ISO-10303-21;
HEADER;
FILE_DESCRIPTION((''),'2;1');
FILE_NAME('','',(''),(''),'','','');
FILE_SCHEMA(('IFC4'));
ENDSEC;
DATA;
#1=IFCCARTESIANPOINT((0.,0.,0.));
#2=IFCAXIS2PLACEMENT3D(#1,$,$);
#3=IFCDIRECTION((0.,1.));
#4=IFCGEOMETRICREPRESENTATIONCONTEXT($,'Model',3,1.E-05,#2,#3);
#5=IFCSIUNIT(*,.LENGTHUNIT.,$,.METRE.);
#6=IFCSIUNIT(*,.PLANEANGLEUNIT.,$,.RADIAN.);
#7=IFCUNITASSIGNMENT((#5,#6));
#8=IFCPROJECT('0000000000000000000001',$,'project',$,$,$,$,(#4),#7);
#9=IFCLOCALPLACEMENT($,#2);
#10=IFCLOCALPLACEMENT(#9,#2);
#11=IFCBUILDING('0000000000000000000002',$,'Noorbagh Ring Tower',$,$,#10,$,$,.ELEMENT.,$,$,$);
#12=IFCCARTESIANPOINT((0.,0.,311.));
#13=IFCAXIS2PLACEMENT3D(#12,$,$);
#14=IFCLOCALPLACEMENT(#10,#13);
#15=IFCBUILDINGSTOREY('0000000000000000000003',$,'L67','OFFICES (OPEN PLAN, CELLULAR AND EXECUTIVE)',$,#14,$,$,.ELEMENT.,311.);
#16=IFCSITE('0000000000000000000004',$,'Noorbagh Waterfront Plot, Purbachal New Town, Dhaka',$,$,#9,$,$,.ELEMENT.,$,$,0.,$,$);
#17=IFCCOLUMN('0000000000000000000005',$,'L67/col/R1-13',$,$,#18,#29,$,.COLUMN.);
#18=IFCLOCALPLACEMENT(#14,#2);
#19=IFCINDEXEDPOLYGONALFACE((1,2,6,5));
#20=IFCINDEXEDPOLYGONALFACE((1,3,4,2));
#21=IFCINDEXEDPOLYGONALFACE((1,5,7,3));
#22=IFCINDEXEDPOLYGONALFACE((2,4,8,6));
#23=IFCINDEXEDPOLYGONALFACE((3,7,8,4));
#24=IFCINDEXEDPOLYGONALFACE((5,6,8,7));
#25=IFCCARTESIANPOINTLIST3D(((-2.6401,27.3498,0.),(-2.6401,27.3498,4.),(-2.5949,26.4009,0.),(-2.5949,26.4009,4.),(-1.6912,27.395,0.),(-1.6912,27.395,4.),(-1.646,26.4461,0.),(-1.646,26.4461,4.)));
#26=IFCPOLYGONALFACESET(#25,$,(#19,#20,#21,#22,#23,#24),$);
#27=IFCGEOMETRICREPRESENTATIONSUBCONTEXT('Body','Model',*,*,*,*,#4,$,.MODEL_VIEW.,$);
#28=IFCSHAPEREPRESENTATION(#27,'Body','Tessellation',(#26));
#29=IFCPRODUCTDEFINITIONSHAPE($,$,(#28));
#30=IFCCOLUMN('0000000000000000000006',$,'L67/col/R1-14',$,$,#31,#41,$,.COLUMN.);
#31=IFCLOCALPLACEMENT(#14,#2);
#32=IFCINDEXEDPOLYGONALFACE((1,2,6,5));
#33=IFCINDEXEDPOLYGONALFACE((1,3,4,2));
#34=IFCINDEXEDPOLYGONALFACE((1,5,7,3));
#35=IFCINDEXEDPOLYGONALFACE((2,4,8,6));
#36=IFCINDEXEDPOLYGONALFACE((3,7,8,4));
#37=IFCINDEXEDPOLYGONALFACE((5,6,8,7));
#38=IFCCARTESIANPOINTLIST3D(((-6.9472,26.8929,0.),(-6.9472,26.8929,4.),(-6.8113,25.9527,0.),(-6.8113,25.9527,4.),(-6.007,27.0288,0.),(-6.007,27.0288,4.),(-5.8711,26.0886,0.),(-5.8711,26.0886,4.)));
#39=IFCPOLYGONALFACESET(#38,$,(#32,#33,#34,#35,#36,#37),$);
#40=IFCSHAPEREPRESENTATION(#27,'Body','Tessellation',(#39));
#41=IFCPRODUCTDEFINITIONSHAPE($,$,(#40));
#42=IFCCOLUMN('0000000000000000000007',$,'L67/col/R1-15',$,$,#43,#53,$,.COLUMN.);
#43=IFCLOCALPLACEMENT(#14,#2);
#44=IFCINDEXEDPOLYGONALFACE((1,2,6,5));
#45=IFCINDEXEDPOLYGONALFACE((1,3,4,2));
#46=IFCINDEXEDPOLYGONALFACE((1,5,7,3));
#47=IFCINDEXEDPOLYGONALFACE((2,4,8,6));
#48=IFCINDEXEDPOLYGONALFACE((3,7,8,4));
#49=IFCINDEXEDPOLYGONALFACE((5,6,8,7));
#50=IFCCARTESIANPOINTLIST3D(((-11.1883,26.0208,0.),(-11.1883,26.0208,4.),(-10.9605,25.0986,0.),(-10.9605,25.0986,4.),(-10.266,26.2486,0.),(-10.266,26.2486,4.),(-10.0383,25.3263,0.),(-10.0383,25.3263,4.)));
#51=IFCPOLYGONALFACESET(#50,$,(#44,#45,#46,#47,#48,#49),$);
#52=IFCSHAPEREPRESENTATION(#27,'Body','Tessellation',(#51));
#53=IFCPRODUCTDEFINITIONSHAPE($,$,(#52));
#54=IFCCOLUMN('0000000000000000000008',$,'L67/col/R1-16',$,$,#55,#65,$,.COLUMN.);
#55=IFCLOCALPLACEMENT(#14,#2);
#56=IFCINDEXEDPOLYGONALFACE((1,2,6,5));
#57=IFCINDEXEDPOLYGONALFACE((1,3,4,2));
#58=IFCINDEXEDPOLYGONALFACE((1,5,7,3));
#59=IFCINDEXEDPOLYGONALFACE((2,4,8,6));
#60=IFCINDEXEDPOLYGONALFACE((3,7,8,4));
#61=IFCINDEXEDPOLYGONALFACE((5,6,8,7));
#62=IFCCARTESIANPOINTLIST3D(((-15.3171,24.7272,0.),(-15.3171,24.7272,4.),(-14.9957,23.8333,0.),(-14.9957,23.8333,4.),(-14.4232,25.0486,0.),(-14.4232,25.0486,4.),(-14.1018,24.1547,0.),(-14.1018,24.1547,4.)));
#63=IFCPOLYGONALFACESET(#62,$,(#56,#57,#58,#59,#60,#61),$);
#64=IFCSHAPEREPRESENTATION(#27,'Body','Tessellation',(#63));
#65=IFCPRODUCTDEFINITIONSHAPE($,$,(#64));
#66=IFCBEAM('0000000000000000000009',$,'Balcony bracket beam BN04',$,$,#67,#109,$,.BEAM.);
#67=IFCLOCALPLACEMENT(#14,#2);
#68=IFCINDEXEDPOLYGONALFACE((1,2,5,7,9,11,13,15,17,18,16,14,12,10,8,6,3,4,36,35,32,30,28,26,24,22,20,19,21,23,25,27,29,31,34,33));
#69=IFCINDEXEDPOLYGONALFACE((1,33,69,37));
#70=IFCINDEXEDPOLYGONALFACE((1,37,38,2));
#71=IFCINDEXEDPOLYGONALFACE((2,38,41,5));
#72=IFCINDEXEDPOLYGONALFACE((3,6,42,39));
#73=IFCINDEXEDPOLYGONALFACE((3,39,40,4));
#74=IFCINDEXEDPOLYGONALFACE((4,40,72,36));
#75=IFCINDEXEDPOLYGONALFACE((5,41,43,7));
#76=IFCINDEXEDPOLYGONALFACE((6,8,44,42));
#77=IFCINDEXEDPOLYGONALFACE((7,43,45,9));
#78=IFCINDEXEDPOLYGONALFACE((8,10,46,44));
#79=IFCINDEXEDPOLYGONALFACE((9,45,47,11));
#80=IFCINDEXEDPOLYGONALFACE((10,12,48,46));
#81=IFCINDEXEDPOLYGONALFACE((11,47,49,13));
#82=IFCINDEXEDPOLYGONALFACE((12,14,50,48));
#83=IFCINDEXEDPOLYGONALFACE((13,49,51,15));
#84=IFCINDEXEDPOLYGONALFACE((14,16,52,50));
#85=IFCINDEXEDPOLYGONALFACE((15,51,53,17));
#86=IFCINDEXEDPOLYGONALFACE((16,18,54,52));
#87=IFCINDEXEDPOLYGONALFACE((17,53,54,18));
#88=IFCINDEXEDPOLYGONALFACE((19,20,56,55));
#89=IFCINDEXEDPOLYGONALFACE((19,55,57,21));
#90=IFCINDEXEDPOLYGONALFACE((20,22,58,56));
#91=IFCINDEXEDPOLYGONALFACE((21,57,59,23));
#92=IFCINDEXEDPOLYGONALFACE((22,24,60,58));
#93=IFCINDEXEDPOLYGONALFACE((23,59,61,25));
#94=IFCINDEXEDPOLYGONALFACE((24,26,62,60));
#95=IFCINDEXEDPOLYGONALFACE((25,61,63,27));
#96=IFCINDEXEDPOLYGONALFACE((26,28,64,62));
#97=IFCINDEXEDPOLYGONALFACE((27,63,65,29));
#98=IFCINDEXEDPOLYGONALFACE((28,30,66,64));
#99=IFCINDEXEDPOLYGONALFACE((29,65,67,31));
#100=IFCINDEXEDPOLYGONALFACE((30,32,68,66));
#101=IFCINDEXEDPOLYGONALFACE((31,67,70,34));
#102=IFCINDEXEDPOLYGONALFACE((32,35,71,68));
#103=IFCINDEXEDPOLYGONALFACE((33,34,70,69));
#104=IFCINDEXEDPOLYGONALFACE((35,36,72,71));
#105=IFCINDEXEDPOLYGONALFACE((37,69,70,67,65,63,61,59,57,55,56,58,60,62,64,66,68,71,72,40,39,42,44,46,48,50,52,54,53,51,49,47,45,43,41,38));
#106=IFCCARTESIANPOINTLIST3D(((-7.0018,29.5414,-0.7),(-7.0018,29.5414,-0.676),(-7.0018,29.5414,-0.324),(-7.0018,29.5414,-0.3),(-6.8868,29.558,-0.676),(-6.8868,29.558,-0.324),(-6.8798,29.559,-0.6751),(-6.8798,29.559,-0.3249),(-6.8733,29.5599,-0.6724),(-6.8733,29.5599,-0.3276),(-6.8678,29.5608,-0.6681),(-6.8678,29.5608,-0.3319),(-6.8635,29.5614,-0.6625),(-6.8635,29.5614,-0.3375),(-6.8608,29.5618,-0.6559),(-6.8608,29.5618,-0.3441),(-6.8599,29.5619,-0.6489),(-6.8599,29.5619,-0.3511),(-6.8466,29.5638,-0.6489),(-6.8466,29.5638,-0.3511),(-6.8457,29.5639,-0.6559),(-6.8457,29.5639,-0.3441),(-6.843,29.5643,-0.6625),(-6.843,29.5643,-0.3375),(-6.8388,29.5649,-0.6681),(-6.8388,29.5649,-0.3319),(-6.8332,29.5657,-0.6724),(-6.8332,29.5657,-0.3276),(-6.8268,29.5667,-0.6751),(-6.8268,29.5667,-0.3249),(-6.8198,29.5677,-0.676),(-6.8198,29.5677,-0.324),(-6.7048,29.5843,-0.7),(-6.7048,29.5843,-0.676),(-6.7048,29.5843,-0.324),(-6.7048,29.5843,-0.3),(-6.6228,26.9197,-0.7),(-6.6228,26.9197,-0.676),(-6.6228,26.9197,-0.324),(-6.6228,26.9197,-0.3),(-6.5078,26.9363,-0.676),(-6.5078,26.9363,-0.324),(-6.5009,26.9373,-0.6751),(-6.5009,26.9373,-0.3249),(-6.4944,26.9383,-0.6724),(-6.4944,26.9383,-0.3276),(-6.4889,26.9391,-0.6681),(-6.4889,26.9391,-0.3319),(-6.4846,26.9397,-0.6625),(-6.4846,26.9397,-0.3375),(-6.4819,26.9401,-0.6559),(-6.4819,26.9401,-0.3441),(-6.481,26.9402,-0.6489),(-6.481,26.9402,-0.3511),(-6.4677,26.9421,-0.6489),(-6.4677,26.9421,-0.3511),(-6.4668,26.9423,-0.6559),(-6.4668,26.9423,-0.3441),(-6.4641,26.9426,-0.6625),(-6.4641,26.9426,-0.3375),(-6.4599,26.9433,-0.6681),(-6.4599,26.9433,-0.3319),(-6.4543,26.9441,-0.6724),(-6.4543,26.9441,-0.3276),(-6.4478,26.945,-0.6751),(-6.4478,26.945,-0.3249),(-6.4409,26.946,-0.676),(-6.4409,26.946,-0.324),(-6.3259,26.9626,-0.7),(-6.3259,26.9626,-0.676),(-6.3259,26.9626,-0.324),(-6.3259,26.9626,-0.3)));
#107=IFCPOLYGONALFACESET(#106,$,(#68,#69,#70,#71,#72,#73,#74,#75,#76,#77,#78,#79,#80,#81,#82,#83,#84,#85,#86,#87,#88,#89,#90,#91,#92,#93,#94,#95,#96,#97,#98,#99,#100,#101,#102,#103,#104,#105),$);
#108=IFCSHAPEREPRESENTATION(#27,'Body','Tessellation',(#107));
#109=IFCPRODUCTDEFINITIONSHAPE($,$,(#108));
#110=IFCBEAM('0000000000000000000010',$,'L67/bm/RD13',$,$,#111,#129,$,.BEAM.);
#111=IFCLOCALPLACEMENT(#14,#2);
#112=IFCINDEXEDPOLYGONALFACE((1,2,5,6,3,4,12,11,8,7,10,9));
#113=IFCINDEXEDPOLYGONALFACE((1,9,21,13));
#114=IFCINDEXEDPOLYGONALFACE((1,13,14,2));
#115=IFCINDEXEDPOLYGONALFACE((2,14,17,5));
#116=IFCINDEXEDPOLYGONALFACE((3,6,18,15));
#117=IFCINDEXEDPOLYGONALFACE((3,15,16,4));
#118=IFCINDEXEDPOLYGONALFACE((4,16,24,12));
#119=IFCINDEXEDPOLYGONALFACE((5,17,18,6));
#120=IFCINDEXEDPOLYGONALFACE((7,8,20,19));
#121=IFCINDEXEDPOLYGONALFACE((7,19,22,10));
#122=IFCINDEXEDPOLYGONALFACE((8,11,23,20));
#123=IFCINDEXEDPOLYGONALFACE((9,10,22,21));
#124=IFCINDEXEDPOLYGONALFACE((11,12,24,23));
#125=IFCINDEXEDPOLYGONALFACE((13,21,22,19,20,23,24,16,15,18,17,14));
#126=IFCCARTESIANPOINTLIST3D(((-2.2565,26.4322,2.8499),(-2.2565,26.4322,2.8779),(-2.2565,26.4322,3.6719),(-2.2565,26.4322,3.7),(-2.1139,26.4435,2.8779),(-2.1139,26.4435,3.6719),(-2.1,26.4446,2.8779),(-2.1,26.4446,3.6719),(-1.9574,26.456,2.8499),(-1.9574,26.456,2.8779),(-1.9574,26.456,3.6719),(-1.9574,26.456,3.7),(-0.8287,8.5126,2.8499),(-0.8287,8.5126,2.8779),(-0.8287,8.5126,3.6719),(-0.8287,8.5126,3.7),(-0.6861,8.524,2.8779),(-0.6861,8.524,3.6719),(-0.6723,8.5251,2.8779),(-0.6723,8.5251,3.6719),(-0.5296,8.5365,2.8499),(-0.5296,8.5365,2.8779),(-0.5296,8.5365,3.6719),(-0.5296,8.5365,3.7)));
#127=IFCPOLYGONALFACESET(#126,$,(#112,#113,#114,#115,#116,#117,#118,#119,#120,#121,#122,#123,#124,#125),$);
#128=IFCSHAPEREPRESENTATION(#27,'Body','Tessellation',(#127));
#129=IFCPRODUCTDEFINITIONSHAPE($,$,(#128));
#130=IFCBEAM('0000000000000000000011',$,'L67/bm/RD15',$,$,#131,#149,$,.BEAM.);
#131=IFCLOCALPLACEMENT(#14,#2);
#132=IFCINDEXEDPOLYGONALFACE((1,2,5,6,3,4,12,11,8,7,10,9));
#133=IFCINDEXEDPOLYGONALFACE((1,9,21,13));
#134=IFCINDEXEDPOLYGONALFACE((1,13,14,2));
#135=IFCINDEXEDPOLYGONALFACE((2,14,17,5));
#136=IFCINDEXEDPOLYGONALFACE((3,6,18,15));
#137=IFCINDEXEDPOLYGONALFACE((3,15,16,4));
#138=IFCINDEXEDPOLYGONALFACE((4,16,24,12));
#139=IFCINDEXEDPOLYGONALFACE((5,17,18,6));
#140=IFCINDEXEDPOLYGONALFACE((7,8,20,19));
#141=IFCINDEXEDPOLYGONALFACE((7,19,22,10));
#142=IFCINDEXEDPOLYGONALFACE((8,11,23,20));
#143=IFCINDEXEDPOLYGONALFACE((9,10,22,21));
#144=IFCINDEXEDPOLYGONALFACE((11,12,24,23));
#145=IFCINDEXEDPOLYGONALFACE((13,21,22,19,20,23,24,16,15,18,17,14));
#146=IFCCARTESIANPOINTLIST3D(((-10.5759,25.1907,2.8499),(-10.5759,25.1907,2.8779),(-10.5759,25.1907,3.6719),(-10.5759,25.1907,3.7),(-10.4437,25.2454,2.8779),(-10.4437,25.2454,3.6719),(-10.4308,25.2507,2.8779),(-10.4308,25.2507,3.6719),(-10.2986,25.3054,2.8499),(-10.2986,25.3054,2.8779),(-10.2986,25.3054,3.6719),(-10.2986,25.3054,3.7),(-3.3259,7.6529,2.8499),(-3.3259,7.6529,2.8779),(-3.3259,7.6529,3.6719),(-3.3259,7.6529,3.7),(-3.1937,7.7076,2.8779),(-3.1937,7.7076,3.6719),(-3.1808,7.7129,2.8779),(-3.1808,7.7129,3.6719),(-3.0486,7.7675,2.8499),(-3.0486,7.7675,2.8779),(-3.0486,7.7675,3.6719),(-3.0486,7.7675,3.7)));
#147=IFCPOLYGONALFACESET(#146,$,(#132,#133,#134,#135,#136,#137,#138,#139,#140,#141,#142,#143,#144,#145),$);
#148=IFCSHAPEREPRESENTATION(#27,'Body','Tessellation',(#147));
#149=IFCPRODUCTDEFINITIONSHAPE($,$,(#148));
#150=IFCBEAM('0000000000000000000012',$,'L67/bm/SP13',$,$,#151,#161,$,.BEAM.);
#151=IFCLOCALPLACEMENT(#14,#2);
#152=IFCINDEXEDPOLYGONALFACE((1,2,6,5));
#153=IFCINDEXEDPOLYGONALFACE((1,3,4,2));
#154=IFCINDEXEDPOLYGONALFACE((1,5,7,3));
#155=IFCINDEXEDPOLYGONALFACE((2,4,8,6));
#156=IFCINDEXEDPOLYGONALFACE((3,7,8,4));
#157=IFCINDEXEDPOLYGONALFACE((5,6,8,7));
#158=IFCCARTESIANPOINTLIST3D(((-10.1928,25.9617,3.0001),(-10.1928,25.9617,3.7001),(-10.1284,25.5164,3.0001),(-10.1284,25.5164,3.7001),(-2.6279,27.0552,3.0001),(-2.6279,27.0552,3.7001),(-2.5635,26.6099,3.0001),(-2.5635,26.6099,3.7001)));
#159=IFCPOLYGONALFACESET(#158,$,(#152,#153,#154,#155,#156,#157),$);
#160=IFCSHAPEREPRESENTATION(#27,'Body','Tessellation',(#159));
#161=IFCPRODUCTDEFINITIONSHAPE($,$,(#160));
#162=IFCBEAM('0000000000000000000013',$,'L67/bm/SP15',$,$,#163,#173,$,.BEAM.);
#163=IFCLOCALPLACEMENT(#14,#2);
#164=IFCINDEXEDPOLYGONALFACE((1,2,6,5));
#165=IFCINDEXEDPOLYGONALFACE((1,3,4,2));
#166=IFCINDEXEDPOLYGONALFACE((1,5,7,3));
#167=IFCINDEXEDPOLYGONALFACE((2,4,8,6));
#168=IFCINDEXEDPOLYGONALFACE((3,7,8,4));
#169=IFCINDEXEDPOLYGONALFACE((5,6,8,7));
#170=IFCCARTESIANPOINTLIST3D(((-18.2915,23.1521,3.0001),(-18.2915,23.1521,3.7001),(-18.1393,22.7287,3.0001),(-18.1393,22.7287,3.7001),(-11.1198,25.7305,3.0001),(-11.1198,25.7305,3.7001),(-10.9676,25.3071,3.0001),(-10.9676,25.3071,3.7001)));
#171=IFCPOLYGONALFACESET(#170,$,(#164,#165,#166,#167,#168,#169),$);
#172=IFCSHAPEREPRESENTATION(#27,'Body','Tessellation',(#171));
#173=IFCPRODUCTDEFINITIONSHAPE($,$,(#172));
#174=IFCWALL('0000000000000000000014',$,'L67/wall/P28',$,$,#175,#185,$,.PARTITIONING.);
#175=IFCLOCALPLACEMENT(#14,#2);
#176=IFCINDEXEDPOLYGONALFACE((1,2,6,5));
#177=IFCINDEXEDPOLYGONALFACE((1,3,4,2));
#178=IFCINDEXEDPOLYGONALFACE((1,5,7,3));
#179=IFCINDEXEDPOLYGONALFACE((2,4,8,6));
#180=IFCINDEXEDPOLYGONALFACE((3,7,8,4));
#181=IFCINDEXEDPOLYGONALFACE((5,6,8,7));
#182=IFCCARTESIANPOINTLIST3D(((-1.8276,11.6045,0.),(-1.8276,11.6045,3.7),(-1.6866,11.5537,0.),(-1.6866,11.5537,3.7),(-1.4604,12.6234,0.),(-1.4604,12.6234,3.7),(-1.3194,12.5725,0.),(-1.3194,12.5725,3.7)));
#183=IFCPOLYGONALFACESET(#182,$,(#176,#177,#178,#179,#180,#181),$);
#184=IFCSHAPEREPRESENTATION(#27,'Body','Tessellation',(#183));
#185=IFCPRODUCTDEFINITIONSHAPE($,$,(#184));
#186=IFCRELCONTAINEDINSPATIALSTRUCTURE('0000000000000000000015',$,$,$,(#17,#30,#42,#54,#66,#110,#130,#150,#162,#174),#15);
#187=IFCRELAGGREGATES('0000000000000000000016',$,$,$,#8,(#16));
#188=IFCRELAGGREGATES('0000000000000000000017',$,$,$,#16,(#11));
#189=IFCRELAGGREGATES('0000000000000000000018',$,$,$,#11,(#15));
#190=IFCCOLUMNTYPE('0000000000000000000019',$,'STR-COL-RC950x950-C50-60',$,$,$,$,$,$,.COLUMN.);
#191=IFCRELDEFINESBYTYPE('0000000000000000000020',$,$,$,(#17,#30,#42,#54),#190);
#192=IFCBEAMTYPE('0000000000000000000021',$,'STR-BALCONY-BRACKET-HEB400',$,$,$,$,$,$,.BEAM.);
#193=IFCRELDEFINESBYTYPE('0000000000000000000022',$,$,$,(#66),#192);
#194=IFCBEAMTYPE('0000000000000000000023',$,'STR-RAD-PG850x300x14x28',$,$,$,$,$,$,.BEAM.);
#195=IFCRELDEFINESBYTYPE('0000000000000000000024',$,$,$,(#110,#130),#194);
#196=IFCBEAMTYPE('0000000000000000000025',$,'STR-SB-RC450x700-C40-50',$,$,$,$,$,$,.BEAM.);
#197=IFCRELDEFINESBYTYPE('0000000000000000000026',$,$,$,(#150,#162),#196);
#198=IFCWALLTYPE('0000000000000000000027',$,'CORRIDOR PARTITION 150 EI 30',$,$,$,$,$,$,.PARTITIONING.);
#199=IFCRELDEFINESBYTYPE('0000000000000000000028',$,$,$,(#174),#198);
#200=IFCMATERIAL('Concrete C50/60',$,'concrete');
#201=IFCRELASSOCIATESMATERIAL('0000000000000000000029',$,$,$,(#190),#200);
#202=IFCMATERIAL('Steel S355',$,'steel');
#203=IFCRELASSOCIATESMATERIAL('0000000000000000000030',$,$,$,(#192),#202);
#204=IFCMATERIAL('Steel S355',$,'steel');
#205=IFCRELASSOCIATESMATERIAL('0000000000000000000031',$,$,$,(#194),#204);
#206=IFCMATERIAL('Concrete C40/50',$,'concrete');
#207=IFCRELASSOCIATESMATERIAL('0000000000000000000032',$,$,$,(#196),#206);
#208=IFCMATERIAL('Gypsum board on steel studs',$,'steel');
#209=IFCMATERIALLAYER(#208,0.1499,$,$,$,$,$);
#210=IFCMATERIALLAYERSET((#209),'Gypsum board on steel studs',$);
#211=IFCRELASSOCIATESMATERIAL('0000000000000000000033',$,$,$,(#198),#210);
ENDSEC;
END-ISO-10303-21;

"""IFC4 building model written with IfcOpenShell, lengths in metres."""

from ifc_helpers import new_model, si_unit, direction, frame, frame_2d, origin, origin_2d, place, context, subcontext, project, spatial, rectangle, i_section, extrude, material, layer, layer_set, material_profile, profile_set, type_object, element, save


model = new_model("IFC4")

# Units and contexts
model_context = context("Model", 3, precision=1e-05, world=origin(), true_north=direction((0.0, 1.0)))
body_context = subcontext(model_context, "Body", "Model", "MODEL_VIEW")
ifc_project = project(units=[si_unit("LENGTHUNIT", "METRE"), si_unit("PLANEANGLEUNIT", "RADIAN")], contexts=[model_context])

# Site, building, storey
site_placement = place(None, origin())
site = spatial("IfcSite", under=ifc_project, at=site_placement, Name="Noorbagh Waterfront Plot, Purbachal New Town, Dhaka", CompositionType="ELEMENT", RefElevation=0.0)
building_placement = place(site_placement, origin())
building = spatial("IfcBuilding", under=site, at=building_placement, Name="Noorbagh Ring Tower", CompositionType="ELEMENT")
storey_placement = place(building_placement, frame((0.0, 0.0, 311.0)))
storey = spatial("IfcBuildingStorey", under=building, at=storey_placement, Name="L67", Description="OFFICES (OPEN PLAN, CELLULAR AND EXECUTIVE)", CompositionType="ELEMENT", Elevation=311.0)

# Columns
ifc_material_1 = material(Name="Concrete C50/60", Category="concrete")
ifc_material_profile_1 = material_profile(ifc_material_1, rectangle(XDim=0.95, YDim=0.95, at=origin_2d()), Name="RC950x950")
ifc_profile_set_1 = profile_set([ifc_material_profile_1], Name="Concrete C50/60")
column_type = type_object("IfcColumnType", Name="STR-COL-RC950x950-C50-60", PredefinedType="COLUMN", material=ifc_profile_set_1)
for number, where, z_axis, x_axis, name in (
    (1, (-2.1431, 26.8979, 0.0), (0.0, 0.0, 1.0), (-0.998869, -0.047553, 0.0), "L67/col/R1-13"),
    (2, (-6.4092, 26.4907, 0.0), (0.0, 0.0, 1.0), (-0.989713, -0.143066, 0.0), "L67/col/R1-14"),
    (3, (-10.6133, 25.6736, 0.0), (0.0, 0.0, 1.0), (-0.970829, -0.239771, 0.0), "L67/col/R1-15"),
    (4, (-14.7095, 24.4409, 0.0), (0.0, 0.0, 1.0), (-0.941025, -0.338338, 0.0), "L67/col/R1-16"),
):
    element("IfcColumn", number, at=place(storey_placement, frame(where, z_axis=z_axis, x_axis=x_axis)), inside=storey, type_object=column_type, Name=name, PredefinedType="COLUMN", context=body_context, shape_type="SweptSolid", body=[
        extrude(rectangle(XDim=0.95, YDim=0.95, at=origin_2d()), origin(), (0.0, 0.0, 1.0), 4.0),
    ])

# Beams
ifc_material_2 = material(Name="Steel S355", Category="steel")
ifc_material_profile_2 = material_profile(ifc_material_2, i_section(OverallWidth=0.3, OverallDepth=0.3999, WebThickness=0.0134, FlangeThickness=0.0239, FilletRadius=0.0271, at=origin_2d()), Name="HEB400")
ifc_profile_set_2 = profile_set([ifc_material_profile_2], Name="Steel S355")
beam_type_1 = type_object("IfcBeamType", Name="STR-BALCONY-BRACKET-HEB400", PredefinedType="BEAM", material=ifc_profile_set_2)
beam_1_placement = place(storey_placement, frame((-6.4744, 26.9412, -0.5), z_axis=(-0.143047, 0.989716, 0.0), x_axis=(-0.989716, -0.143047, 0.0)))
element("IfcBeam", 5, at=beam_1_placement, inside=storey, type_object=beam_type_1, Name="Balcony bracket beam BN04", PredefinedType="BEAM", context=body_context, shape_type="SweptSolid", body=[
    extrude(i_section(OverallWidth=0.3, OverallDepth=0.3999, WebThickness=0.0134, FlangeThickness=0.0239, FilletRadius=0.0271, at=origin_2d()), origin(), (0.0, 0.0, 1.0), 2.6489),
])
ifc_material_3 = material(Name="Steel S355", Category="steel")
ifc_material_profile_3 = material_profile(ifc_material_3, i_section(OverallWidth=0.3, OverallDepth=0.8501, WebThickness=0.0139, FlangeThickness=0.0281, at=origin_2d()), Name="PG850x300x14x28")
ifc_profile_set_3 = profile_set([ifc_material_profile_3], Name="Steel S355")
beam_type_2 = type_object("IfcBeamType", Name="STR-RAD-PG850x300x14x28", PredefinedType="BEAM", material=ifc_profile_set_3)
beam_2_placement = place(storey_placement, frame((-2.1069, 26.4441, 3.2749), z_axis=(0.079423, -0.996841, 0.0), x_axis=(0.996841, 0.079423, 0.0)))
element("IfcBeam", 6, at=beam_2_placement, inside=storey, type_object=beam_type_2, Name="L67/bm/RD13", PredefinedType="BEAM", context=body_context, shape_type="SweptSolid", body=[
    extrude(i_section(OverallWidth=0.3, OverallDepth=0.8501, WebThickness=0.0139, FlangeThickness=0.0281, at=origin_2d()), origin(), (0.0, 0.0, 1.0), 17.9763),
])
beam_3_placement = place(storey_placement, frame((-10.4373, 25.248, 3.2749), z_axis=(0.382035, -0.924148, 0.0), x_axis=(0.924148, 0.382035, 0.0)))
element("IfcBeam", 7, at=beam_3_placement, inside=storey, type_object=beam_type_2, Name="L67/bm/RD15", PredefinedType="BEAM", context=body_context, shape_type="SweptSolid", body=[
    extrude(i_section(OverallWidth=0.3, OverallDepth=0.8501, WebThickness=0.0139, FlangeThickness=0.0281, at=origin_2d()), origin(), (0.0, 0.0, 1.0), 18.9773),
])
ifc_material_4 = material(Name="Concrete C40/50", Category="concrete")
ifc_material_profile_4 = material_profile(ifc_material_4, rectangle(XDim=0.45, YDim=0.7, at=origin_2d()), Name="RC450x700")
ifc_profile_set_4 = profile_set([ifc_material_profile_4], Name="Concrete C40/50")
beam_type_3 = type_object("IfcBeamType", Name="STR-SB-RC450x700-C40-50", PredefinedType="BEAM", material=ifc_profile_set_4)
beam_4_placement = place(storey_placement, frame((-2.5957, 26.8325, 3.3501), z_axis=(-0.989714, -0.143062, 0.0), x_axis=(0.143062, -0.989714, 0.0)))
element("IfcBeam", 8, at=beam_4_placement, inside=storey, type_object=beam_type_3, Name="L67/bm/SP13", PredefinedType="BEAM", context=body_context, shape_type="SweptSolid", body=[
    extrude(rectangle(XDim=0.45, YDim=0.7, at=origin_2d()), origin(), (0.0, 0.0, 1.0), 7.6436),
])
beam_5_placement = place(storey_placement, frame((-11.0437, 25.5188, 3.3501), z_axis=(-0.94103, -0.338322, 0.0), x_axis=(0.338322, -0.94103, 0.0)))
element("IfcBeam", 9, at=beam_5_placement, inside=storey, type_object=beam_type_3, Name="L67/bm/SP15", PredefinedType="BEAM", context=body_context, shape_type="SweptSolid", body=[
    extrude(rectangle(XDim=0.45, YDim=0.7, at=origin_2d()), origin(), (0.0, 0.0, 1.0), 7.6211),
])

# Wall
ifc_material_5 = material(Name="Gypsum board on steel studs", Category="steel")
ifc_layer_1 = layer(ifc_material_5, 0.1499)
ifc_layer_set_1 = layer_set([ifc_layer_1], Name="Gypsum board on steel studs")
wall_type_1 = type_object("IfcWallType", Name="CORRIDOR PARTITION 150 EI 30", PredefinedType="PARTITIONING", material=ifc_layer_set_1)
wall_1_placement = place(storey_placement, frame((-1.7571, 11.5791, 0.0), z_axis=(0.0, 0.0, 1.0), x_axis=(0.339063, 0.940764, 0.0)))
element("IfcWall", 10, at=wall_1_placement, inside=storey, type_object=wall_type_1, Name="L67/wall/P28", PredefinedType="PARTITIONING", context=body_context, shape_type="SweptSolid", body=[
    extrude(rectangle(XDim=1.083, YDim=0.1499, at=frame_2d((0.5415, 0.0))), origin(), (0.0, 0.0, 1.0), 3.7),
])

save(model, "model.ifc")
